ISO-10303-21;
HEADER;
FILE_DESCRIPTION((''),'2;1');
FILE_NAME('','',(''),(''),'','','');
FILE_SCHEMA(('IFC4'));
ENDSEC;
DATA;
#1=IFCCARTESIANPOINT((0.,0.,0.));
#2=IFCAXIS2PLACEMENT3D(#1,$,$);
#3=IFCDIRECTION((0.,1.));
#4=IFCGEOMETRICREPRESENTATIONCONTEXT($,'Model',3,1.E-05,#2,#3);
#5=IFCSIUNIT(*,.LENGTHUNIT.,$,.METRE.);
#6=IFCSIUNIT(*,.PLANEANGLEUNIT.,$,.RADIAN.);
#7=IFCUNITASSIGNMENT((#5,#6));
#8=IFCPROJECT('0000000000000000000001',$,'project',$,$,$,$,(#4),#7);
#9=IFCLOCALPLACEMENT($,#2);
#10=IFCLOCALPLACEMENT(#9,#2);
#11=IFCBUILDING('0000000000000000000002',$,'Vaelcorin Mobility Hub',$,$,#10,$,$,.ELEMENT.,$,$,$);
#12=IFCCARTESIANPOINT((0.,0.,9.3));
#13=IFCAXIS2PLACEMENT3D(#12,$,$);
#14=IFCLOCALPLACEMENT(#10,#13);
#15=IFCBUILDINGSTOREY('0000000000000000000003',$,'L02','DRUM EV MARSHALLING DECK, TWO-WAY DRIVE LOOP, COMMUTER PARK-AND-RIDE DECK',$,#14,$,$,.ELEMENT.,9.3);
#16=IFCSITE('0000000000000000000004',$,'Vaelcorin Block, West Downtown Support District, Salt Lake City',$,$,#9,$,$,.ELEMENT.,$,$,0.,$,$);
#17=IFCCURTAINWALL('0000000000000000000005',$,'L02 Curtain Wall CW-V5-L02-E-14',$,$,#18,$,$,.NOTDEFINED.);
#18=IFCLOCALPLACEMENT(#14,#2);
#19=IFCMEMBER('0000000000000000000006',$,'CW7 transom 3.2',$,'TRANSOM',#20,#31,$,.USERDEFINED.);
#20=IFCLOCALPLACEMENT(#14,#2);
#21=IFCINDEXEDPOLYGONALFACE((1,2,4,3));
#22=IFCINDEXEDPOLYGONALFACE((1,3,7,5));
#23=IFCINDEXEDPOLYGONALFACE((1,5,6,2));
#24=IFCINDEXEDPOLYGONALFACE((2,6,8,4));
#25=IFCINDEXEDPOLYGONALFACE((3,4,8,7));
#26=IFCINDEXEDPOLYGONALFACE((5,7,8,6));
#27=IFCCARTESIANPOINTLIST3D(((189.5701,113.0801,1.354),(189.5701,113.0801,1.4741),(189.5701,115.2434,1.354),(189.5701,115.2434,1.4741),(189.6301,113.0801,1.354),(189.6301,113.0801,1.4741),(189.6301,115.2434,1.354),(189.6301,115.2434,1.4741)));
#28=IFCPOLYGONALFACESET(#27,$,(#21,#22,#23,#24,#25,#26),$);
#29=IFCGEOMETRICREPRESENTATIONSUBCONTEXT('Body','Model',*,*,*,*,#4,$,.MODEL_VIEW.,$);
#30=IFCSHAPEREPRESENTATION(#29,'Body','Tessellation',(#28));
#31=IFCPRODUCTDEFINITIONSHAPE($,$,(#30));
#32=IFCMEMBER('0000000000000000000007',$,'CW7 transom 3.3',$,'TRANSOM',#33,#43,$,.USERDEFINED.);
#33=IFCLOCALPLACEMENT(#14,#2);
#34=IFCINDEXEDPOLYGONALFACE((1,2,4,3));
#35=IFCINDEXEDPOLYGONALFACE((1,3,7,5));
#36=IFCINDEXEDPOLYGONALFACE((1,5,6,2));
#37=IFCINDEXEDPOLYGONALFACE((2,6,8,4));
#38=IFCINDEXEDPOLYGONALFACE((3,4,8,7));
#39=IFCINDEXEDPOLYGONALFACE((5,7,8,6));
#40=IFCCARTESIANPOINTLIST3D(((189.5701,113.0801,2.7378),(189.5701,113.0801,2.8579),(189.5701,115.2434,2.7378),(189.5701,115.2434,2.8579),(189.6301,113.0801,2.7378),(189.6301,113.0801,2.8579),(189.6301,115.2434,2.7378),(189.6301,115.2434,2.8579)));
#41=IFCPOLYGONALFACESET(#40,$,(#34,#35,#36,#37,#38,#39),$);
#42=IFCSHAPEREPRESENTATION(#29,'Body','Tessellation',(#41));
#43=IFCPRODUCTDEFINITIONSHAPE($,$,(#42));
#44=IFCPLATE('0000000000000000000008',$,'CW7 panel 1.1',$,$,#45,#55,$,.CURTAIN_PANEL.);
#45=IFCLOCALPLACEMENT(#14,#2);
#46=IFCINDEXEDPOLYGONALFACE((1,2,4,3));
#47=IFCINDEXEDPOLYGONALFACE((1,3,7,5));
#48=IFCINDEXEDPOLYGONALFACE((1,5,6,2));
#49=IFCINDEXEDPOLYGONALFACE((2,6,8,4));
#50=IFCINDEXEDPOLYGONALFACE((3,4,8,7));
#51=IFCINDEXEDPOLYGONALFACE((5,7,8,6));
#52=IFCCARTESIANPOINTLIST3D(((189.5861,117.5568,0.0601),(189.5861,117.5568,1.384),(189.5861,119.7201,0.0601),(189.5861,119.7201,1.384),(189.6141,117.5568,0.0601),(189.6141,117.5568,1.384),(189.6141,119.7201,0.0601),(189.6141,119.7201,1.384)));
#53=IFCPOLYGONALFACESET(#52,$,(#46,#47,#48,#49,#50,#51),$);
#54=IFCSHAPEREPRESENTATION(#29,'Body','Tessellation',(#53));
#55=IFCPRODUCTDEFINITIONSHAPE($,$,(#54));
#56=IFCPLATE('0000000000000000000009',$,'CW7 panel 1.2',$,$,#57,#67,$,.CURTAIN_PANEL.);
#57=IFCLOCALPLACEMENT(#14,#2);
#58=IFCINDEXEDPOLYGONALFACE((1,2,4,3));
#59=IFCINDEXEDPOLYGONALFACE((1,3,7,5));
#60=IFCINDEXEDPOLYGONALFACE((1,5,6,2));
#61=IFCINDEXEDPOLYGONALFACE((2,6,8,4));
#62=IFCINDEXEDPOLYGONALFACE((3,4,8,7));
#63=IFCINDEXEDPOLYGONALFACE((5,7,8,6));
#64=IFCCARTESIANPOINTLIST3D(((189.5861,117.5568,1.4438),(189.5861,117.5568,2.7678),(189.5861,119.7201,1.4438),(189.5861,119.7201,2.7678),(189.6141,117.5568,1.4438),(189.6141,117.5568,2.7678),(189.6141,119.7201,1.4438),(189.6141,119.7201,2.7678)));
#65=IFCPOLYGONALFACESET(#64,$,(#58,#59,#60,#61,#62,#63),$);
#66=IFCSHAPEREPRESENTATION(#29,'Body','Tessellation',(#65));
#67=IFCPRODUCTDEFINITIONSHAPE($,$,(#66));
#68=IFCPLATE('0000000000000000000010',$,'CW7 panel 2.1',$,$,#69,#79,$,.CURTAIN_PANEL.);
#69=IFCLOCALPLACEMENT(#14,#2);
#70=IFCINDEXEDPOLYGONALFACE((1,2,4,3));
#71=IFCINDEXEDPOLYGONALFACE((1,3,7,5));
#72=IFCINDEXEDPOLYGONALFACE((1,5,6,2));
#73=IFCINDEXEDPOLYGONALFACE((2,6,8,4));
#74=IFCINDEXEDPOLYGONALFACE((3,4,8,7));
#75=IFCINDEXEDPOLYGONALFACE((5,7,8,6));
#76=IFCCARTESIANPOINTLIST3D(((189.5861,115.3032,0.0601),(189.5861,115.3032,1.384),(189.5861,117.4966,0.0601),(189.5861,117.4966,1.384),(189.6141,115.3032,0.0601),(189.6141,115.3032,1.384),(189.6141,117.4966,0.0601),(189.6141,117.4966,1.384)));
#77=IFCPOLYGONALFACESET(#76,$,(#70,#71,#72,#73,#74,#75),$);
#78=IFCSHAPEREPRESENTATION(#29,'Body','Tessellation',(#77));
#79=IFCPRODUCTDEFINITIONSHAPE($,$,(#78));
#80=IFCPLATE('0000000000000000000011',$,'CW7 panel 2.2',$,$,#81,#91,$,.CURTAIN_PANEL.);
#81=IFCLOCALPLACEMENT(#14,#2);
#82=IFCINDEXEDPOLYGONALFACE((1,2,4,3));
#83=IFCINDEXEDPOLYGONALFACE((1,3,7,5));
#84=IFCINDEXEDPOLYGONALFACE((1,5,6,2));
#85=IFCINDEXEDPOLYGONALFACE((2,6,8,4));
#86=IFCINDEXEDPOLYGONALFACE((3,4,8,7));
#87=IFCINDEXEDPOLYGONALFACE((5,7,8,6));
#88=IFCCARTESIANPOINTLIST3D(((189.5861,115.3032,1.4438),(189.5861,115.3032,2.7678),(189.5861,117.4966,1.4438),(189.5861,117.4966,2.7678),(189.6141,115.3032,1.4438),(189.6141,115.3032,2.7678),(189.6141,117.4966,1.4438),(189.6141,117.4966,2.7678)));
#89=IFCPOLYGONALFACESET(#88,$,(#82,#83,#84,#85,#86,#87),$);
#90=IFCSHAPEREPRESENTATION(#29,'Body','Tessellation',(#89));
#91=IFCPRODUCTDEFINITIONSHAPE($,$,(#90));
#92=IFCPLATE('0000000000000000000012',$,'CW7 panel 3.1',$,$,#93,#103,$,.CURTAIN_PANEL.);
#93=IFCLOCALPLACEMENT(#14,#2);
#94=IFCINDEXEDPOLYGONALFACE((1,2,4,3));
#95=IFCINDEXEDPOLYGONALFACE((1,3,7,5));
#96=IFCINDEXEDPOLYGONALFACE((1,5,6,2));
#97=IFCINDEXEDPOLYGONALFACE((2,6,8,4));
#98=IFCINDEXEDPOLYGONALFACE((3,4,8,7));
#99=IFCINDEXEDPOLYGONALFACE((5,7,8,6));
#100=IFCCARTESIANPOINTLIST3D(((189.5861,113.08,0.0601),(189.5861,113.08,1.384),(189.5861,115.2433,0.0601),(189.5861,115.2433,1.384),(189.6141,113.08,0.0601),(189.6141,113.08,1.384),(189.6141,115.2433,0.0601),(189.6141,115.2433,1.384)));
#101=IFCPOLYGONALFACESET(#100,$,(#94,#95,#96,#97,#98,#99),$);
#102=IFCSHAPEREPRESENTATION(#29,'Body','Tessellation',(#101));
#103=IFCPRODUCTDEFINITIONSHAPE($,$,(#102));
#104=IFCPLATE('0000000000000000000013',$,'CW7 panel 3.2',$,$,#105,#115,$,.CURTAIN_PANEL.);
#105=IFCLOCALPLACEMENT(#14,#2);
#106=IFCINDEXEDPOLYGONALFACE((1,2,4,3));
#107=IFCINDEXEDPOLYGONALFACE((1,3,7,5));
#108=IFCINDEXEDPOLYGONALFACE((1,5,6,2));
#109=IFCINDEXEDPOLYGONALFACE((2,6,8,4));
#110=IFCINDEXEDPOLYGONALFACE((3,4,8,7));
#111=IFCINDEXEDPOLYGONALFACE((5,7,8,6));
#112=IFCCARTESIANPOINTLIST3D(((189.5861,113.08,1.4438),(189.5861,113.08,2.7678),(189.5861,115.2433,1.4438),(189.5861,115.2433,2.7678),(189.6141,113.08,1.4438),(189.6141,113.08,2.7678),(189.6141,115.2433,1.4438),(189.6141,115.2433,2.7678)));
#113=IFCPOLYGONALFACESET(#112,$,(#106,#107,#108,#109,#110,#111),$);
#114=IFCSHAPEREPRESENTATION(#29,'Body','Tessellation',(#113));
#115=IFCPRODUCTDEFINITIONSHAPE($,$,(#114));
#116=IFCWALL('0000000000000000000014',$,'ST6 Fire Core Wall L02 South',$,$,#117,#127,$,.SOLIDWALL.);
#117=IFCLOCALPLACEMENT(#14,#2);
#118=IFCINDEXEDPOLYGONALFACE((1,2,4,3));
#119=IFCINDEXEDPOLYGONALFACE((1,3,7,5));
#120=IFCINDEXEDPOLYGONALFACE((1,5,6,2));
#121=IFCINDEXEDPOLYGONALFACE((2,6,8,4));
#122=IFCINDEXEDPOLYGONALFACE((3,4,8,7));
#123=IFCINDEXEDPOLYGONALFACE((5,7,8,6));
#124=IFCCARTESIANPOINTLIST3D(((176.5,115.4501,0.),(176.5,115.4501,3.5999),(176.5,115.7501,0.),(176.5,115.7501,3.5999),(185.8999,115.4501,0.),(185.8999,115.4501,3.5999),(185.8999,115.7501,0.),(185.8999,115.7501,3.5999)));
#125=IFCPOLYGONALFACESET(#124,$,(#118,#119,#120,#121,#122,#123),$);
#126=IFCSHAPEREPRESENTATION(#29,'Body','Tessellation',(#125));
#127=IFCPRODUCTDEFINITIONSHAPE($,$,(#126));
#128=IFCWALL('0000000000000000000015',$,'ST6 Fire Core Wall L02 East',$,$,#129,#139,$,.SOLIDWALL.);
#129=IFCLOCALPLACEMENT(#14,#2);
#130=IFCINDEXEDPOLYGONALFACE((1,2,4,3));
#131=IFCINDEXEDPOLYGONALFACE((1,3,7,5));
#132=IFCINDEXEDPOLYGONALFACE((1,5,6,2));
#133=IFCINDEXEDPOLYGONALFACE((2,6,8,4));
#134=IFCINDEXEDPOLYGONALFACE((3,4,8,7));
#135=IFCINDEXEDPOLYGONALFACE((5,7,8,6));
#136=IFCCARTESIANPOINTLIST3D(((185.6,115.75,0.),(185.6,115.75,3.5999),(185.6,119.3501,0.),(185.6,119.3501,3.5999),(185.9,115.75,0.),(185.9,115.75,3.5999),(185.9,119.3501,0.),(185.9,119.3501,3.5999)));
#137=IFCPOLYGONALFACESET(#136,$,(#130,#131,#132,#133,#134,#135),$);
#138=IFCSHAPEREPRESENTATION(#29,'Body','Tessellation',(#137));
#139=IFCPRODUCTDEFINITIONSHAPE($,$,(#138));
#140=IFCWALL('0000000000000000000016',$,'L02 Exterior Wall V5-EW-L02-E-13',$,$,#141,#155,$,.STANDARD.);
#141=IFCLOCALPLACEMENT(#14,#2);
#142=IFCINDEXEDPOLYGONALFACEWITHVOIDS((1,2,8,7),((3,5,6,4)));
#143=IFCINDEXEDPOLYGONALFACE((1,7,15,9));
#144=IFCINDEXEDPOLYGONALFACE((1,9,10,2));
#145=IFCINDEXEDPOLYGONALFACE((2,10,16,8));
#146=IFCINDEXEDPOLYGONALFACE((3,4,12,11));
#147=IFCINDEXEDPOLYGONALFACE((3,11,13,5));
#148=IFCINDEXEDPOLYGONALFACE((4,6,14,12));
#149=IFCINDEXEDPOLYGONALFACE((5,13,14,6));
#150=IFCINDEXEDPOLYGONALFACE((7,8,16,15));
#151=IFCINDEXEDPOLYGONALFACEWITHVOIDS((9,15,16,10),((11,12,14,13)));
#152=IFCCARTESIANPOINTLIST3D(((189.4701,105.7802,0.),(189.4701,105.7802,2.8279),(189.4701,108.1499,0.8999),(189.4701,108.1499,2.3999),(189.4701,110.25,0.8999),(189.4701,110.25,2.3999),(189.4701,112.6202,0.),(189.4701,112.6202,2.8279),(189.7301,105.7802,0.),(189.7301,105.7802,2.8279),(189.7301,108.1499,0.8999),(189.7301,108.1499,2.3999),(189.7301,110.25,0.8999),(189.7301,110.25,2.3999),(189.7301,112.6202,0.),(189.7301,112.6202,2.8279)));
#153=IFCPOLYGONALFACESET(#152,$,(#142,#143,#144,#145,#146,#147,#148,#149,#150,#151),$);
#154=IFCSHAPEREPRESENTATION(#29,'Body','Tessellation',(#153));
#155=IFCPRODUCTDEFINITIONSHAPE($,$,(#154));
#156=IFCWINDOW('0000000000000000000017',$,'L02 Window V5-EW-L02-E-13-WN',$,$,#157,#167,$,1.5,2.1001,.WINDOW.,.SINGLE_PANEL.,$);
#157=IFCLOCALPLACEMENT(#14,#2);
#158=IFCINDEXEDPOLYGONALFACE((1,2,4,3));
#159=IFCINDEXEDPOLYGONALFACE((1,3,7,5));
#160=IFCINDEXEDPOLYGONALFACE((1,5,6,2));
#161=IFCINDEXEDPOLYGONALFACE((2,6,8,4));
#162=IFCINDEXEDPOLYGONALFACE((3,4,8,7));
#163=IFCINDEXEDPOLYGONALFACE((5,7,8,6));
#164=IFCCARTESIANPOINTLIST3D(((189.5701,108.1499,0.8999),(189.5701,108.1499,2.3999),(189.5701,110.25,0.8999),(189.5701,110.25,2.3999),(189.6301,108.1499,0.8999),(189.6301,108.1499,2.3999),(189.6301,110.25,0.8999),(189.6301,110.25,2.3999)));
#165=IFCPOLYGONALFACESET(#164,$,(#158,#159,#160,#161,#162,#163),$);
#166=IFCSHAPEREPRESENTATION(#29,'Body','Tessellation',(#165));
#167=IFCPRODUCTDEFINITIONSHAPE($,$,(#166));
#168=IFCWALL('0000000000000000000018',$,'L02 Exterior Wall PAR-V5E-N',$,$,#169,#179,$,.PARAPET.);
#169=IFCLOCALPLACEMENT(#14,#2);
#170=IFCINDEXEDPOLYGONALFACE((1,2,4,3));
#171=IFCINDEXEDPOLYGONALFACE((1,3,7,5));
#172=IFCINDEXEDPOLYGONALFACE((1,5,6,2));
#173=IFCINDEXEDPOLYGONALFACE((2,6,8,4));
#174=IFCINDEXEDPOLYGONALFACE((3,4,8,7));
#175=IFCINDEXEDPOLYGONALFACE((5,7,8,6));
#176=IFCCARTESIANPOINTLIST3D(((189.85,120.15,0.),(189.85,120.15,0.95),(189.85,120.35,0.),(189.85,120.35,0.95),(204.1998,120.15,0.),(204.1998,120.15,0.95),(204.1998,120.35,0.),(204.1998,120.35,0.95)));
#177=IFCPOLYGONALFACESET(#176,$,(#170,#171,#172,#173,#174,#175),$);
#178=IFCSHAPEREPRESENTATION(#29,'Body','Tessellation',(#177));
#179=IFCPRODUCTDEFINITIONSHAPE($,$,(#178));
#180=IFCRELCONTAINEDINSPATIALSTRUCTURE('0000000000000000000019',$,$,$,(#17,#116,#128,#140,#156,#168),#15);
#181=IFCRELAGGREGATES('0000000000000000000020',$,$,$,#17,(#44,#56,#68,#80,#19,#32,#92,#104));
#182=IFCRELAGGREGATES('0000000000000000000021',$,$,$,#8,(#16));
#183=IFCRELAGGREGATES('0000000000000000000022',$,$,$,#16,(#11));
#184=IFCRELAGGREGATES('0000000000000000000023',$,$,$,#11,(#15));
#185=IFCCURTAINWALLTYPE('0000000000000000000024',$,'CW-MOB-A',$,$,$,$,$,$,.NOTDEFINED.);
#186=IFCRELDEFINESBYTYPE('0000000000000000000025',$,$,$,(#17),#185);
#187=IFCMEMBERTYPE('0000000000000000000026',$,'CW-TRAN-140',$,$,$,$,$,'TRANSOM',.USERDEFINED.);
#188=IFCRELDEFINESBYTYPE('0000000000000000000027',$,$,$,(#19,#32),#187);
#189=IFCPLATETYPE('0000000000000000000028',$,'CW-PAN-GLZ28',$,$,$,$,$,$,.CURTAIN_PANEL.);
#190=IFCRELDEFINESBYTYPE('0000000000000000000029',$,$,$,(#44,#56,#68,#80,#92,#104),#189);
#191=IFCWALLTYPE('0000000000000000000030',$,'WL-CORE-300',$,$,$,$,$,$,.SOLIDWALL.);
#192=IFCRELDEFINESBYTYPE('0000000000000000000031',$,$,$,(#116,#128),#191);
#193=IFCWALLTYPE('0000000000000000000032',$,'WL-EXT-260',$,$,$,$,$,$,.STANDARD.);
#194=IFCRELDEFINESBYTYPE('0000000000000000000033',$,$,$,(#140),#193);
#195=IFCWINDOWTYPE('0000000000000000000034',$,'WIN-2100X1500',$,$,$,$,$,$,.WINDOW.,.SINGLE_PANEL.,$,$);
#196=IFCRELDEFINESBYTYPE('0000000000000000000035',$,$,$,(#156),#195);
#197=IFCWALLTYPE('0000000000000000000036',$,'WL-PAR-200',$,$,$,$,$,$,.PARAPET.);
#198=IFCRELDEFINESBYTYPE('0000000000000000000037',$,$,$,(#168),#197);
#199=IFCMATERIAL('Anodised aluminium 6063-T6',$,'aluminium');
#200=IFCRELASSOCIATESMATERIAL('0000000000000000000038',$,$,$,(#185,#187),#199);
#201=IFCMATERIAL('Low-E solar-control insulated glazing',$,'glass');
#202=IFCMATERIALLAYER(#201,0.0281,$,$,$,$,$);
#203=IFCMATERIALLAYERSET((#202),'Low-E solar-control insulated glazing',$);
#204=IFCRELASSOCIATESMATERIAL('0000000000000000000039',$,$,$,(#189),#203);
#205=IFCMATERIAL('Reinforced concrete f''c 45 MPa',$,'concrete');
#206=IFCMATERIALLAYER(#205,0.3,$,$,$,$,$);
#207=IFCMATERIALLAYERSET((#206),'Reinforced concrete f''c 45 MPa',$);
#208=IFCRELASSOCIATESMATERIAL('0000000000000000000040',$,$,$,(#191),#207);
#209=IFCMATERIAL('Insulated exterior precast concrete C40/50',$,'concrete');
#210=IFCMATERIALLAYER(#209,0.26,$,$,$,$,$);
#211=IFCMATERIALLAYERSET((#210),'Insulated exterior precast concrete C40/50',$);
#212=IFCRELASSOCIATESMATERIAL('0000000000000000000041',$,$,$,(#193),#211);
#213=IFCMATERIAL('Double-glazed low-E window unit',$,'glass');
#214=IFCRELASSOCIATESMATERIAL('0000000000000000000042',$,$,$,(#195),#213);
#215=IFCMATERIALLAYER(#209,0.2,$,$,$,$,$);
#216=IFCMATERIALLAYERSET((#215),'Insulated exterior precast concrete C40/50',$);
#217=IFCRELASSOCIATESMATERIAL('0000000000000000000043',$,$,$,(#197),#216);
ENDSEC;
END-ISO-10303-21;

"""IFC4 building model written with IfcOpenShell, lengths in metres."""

from ifc_helpers import new_model, si_unit, direction, frame, frame_2d, origin, origin_2d, place, context, subcontext, project, spatial, rectangle, extrude, material, layer, layer_set, material_profile, profile_set, type_object, element, fill, aggregate, save


model = new_model("IFC4")

# Units and contexts
model_context = context("Model", 3, precision=1e-05, world=origin(), true_north=direction((0.0, 1.0)))
body_context = subcontext(model_context, "Body", "Model", "MODEL_VIEW")
ifc_project = project(units=[si_unit("LENGTHUNIT", "METRE"), si_unit("PLANEANGLEUNIT", "RADIAN")], contexts=[model_context])

# Site, building, storey
site_placement = place(None, origin())
site = spatial("IfcSite", under=ifc_project, at=site_placement, Name="Vaelcorin Block, West Downtown Support District, Salt Lake City", CompositionType="ELEMENT", RefElevation=0.0)
building_placement = place(site_placement, origin())
building = spatial("IfcBuilding", under=site, at=building_placement, Name="Vaelcorin Mobility Hub", CompositionType="ELEMENT")
storey_placement = place(building_placement, frame((0.0, 0.0, 9.3)))
storey = spatial("IfcBuildingStorey", under=building, at=storey_placement, Name="L02", Description="DRUM EV MARSHALLING DECK, TWO-WAY DRIVE LOOP, COMMUTER PARK-AND-RIDE DECK", CompositionType="ELEMENT", Elevation=9.3)

# Curtain wall, members, plates
ifc_material_1 = material(Name="Anodised aluminium 6063-T6", Category="aluminium")
curtain_wall_type = type_object("IfcCurtainWallType", Name="CW-MOB-A", PredefinedType="NOTDEFINED", material=ifc_material_1)
curtain_wall_placement = place(storey_placement, origin())
curtain_wall = element("IfcCurtainWall", 1, at=curtain_wall_placement, inside=storey, type_object=curtain_wall_type, Name="L02 Curtain Wall CW-V5-L02-E-14", PredefinedType="NOTDEFINED")
ifc_material_profile_1 = material_profile(ifc_material_1, rectangle(XDim=0.0601, YDim=0.1201, at=origin_2d()), Name="ALU-T60X120")
ifc_profile_set_1 = profile_set([ifc_material_profile_1], Name="Anodised aluminium 6063-T6")
member_type_1 = type_object("IfcMemberType", Name="CW-TRAN-140", ElementType="TRANSOM", PredefinedType="USERDEFINED", material=ifc_profile_set_1)
member_1_placement = place(storey_placement, frame((189.6001, 115.2434, 1.4141), z_axis=(0.0, -1.0, 0.0), x_axis=(1.0, 0.0, 0.0)))
member_1 = element("IfcMember", 2, at=member_1_placement, type_object=member_type_1, Name="CW7 transom 3.2", ObjectType="TRANSOM", PredefinedType="USERDEFINED", context=body_context, shape_type="SweptSolid", body=[
    extrude(rectangle(XDim=0.0601, YDim=0.1201, at=origin_2d()), origin(), (0.0, 0.0, 1.0), 2.1633),
])
member_2_placement = place(storey_placement, frame((189.6001, 115.2434, 2.7979), z_axis=(0.0, -1.0, 0.0), x_axis=(1.0, 0.0, 0.0)))
member_2 = element("IfcMember", 3, at=member_2_placement, type_object=member_type_1, Name="CW7 transom 3.3", ObjectType="TRANSOM", PredefinedType="USERDEFINED", context=body_context, shape_type="SweptSolid", body=[
    extrude(rectangle(XDim=0.0601, YDim=0.1201, at=origin_2d()), origin(), (0.0, 0.0, 1.0), 2.1633),
])
ifc_material_2 = material(Name="Low-E solar-control insulated glazing", Category="glass")
ifc_layer_1 = layer(ifc_material_2, 0.0281)
ifc_layer_set_1 = layer_set([ifc_layer_1], Name="Low-E solar-control insulated glazing")
plate_type = type_object("IfcPlateType", Name="CW-PAN-GLZ28", PredefinedType="CURTAIN_PANEL", material=ifc_layer_set_1)
plate_1_placement = place(storey_placement, frame((189.6001, 118.6384, 0.0601), z_axis=(0.0, 0.0, 1.0), x_axis=(0.0, -1.0, 0.0)))
plate_1 = element("IfcPlate", 4, at=plate_1_placement, type_object=plate_type, Name="CW7 panel 1.1", PredefinedType="CURTAIN_PANEL", context=body_context, shape_type="SweptSolid", body=[
    extrude(rectangle(XDim=2.1633, YDim=0.0281, at=origin_2d()), origin(), (0.0, 0.0, 1.0), 1.324),
])
plate_2_placement = place(storey_placement, frame((189.6001, 118.6384, 1.4438), z_axis=(0.0, 0.0, 1.0), x_axis=(0.0, -1.0, 0.0)))
plate_2 = element("IfcPlate", 5, at=plate_2_placement, type_object=plate_type, Name="CW7 panel 1.2", PredefinedType="CURTAIN_PANEL", context=body_context, shape_type="SweptSolid", body=[
    extrude(rectangle(XDim=2.1633, YDim=0.0281, at=origin_2d()), origin(), (0.0, 0.0, 1.0), 1.324),
])
plate_3_placement = place(storey_placement, frame((189.6001, 116.3999, 0.0601), z_axis=(0.0, 0.0, 1.0), x_axis=(0.0, -1.0, 0.0)))
plate_3 = element("IfcPlate", 6, at=plate_3_placement, type_object=plate_type, Name="CW7 panel 2.1", PredefinedType="CURTAIN_PANEL", context=body_context, shape_type="SweptSolid", body=[
    extrude(rectangle(XDim=2.1934, YDim=0.0281, at=origin_2d()), origin(), (0.0, 0.0, 1.0), 1.324),
])
plate_4_placement = place(storey_placement, frame((189.6001, 116.3999, 1.4438), z_axis=(0.0, 0.0, 1.0), x_axis=(0.0, -1.0, 0.0)))
plate_4 = element("IfcPlate", 7, at=plate_4_placement, type_object=plate_type, Name="CW7 panel 2.2", PredefinedType="CURTAIN_PANEL", context=body_context, shape_type="SweptSolid", body=[
    extrude(rectangle(XDim=2.1934, YDim=0.0281, at=origin_2d()), origin(), (0.0, 0.0, 1.0), 1.324),
])
plate_5_placement = place(storey_placement, frame((189.6001, 114.1616, 0.0601), z_axis=(0.0, 0.0, 1.0), x_axis=(0.0, -1.0, 0.0)))
plate_5 = element("IfcPlate", 8, at=plate_5_placement, type_object=plate_type, Name="CW7 panel 3.1", PredefinedType="CURTAIN_PANEL", context=body_context, shape_type="SweptSolid", body=[
    extrude(rectangle(XDim=2.1633, YDim=0.0281, at=origin_2d()), origin(), (0.0, 0.0, 1.0), 1.324),
])
plate_6_placement = place(storey_placement, frame((189.6001, 114.1616, 1.4438), z_axis=(0.0, 0.0, 1.0), x_axis=(0.0, -1.0, 0.0)))
plate_6 = element("IfcPlate", 9, at=plate_6_placement, type_object=plate_type, Name="CW7 panel 3.2", PredefinedType="CURTAIN_PANEL", context=body_context, shape_type="SweptSolid", body=[
    extrude(rectangle(XDim=2.1633, YDim=0.0281, at=origin_2d()), origin(), (0.0, 0.0, 1.0), 1.324),
])
aggregate(curtain_wall, [plate_1, plate_2, plate_3, plate_4, member_1, member_2, plate_5, plate_6])

# Walls
ifc_material_3 = material(Name="Reinforced concrete f'c 45 MPa", Category="concrete")
ifc_layer_2 = layer(ifc_material_3, 0.3)
ifc_layer_set_2 = layer_set([ifc_layer_2], Name="Reinforced concrete f'c 45 MPa")
wall_type_1 = type_object("IfcWallType", Name="WL-CORE-300", PredefinedType="SOLIDWALL", material=ifc_layer_set_2)
wall_1_placement = place(storey_placement, frame((185.8999, 115.6001, 0.0), z_axis=(0.0, 0.0, 1.0), x_axis=(-1.0, 0.0, 0.0)))
element("IfcWall", 10, at=wall_1_placement, inside=storey, type_object=wall_type_1, Name="ST6 Fire Core Wall L02 South", PredefinedType="SOLIDWALL", context=body_context, shape_type="SweptSolid", body=[
    extrude(rectangle(XDim=9.3999, YDim=0.3, at=frame_2d((4.7, 0.0))), origin(), (0.0, 0.0, 1.0), 3.5999),
])
wall_2_placement = place(storey_placement, frame((185.75, 119.3501, 0.0), z_axis=(0.0, 0.0, 1.0), x_axis=(0.0, -1.0, 0.0)))
element("IfcWall", 11, at=wall_2_placement, inside=storey, type_object=wall_type_1, Name="ST6 Fire Core Wall L02 East", PredefinedType="SOLIDWALL", context=body_context, shape_type="SweptSolid", body=[
    extrude(rectangle(XDim=3.6001, YDim=0.3, at=frame_2d((1.8, 0.0))), origin(), (0.0, 0.0, 1.0), 3.5999),
])

# Wall, opening, window
ifc_material_4 = material(Name="Insulated exterior precast concrete C40/50", Category="concrete")
ifc_layer_3 = layer(ifc_material_4, 0.26)
ifc_layer_set_3 = layer_set([ifc_layer_3], Name="Insulated exterior precast concrete C40/50")
wall_type_2 = type_object("IfcWallType", Name="WL-EXT-260", PredefinedType="STANDARD", material=ifc_layer_set_3)
wall_3_placement = place(storey_placement, frame((189.6001, 112.6201, 0.0), z_axis=(0.0, 0.0, 1.0), x_axis=(0.0, -1.0, 0.0)))
wall_3 = element("IfcWall", 12, at=wall_3_placement, inside=storey, type_object=wall_type_2, Name="L02 Exterior Wall V5-EW-L02-E-13", PredefinedType="STANDARD", context=body_context, shape_type="SweptSolid", body=[
    extrude(rectangle(XDim=6.8401, YDim=0.26, at=frame_2d((3.4199, 0.0))), origin(), (0.0, 0.0, 1.0), 2.8279),
])
opening_placement = place(wall_3_placement, frame((2.3701, 0.0, 0.8999)))
opening = element("IfcOpeningElement", 13, at=opening_placement, cuts=wall_3, PredefinedType="OPENING", context=body_context, shape_type="SweptSolid", body=[
    extrude(rectangle(XDim=2.1001, YDim=1.5, at=frame_2d((1.05, 0.75))), frame((0.0, 0.1399, 0.0), z_axis=(0.0, -1.0, 0.0), x_axis=(1.0, 0.0, 0.0)), (0.0, 0.0, 1.0), 0.28),
])
ifc_material_5 = material(Name="Double-glazed low-E window unit", Category="glass")
window_type = type_object("IfcWindowType", Name="WIN-2100X1500", PartitioningType="SINGLE_PANEL", PredefinedType="WINDOW", material=ifc_material_5)
window_placement = place(opening_placement, origin())
window = element("IfcWindow", 14, at=window_placement, inside=storey, type_object=window_type, Name="L02 Window V5-EW-L02-E-13-WN", OverallHeight=1.5, OverallWidth=2.1001, PartitioningType="SINGLE_PANEL", PredefinedType="WINDOW", context=body_context, shape_type="SweptSolid", body=[
    extrude(rectangle(XDim=2.1001, YDim=1.5, at=frame_2d((1.05, 0.75))), frame((0.0, 0.03, 0.0), z_axis=(0.0, -1.0, 0.0), x_axis=(1.0, 0.0, 0.0)), (0.0, 0.0, 1.0), 0.0601),
])
fill(opening, window)

# Wall
ifc_layer_4 = layer(ifc_material_4, 0.2)
ifc_layer_set_4 = layer_set([ifc_layer_4], Name="Insulated exterior precast concrete C40/50")
wall_type_3 = type_object("IfcWallType", Name="WL-PAR-200", PredefinedType="PARAPET", material=ifc_layer_set_4)
wall_4_placement = place(storey_placement, frame((189.8501, 120.25, 0.0), z_axis=(0.0, 0.0, 1.0), x_axis=(1.0, 0.0, 0.0)))
element("IfcWall", 15, at=wall_4_placement, inside=storey, type_object=wall_type_3, Name="L02 Exterior Wall PAR-V5E-N", PredefinedType="PARAPET", context=body_context, shape_type="SweptSolid", body=[
    extrude(rectangle(XDim=14.3499, YDim=0.2, at=frame_2d((7.1748, 0.0))), origin(), (0.0, 0.0, 1.0), 0.95),
])

save(model, "model.ifc")
